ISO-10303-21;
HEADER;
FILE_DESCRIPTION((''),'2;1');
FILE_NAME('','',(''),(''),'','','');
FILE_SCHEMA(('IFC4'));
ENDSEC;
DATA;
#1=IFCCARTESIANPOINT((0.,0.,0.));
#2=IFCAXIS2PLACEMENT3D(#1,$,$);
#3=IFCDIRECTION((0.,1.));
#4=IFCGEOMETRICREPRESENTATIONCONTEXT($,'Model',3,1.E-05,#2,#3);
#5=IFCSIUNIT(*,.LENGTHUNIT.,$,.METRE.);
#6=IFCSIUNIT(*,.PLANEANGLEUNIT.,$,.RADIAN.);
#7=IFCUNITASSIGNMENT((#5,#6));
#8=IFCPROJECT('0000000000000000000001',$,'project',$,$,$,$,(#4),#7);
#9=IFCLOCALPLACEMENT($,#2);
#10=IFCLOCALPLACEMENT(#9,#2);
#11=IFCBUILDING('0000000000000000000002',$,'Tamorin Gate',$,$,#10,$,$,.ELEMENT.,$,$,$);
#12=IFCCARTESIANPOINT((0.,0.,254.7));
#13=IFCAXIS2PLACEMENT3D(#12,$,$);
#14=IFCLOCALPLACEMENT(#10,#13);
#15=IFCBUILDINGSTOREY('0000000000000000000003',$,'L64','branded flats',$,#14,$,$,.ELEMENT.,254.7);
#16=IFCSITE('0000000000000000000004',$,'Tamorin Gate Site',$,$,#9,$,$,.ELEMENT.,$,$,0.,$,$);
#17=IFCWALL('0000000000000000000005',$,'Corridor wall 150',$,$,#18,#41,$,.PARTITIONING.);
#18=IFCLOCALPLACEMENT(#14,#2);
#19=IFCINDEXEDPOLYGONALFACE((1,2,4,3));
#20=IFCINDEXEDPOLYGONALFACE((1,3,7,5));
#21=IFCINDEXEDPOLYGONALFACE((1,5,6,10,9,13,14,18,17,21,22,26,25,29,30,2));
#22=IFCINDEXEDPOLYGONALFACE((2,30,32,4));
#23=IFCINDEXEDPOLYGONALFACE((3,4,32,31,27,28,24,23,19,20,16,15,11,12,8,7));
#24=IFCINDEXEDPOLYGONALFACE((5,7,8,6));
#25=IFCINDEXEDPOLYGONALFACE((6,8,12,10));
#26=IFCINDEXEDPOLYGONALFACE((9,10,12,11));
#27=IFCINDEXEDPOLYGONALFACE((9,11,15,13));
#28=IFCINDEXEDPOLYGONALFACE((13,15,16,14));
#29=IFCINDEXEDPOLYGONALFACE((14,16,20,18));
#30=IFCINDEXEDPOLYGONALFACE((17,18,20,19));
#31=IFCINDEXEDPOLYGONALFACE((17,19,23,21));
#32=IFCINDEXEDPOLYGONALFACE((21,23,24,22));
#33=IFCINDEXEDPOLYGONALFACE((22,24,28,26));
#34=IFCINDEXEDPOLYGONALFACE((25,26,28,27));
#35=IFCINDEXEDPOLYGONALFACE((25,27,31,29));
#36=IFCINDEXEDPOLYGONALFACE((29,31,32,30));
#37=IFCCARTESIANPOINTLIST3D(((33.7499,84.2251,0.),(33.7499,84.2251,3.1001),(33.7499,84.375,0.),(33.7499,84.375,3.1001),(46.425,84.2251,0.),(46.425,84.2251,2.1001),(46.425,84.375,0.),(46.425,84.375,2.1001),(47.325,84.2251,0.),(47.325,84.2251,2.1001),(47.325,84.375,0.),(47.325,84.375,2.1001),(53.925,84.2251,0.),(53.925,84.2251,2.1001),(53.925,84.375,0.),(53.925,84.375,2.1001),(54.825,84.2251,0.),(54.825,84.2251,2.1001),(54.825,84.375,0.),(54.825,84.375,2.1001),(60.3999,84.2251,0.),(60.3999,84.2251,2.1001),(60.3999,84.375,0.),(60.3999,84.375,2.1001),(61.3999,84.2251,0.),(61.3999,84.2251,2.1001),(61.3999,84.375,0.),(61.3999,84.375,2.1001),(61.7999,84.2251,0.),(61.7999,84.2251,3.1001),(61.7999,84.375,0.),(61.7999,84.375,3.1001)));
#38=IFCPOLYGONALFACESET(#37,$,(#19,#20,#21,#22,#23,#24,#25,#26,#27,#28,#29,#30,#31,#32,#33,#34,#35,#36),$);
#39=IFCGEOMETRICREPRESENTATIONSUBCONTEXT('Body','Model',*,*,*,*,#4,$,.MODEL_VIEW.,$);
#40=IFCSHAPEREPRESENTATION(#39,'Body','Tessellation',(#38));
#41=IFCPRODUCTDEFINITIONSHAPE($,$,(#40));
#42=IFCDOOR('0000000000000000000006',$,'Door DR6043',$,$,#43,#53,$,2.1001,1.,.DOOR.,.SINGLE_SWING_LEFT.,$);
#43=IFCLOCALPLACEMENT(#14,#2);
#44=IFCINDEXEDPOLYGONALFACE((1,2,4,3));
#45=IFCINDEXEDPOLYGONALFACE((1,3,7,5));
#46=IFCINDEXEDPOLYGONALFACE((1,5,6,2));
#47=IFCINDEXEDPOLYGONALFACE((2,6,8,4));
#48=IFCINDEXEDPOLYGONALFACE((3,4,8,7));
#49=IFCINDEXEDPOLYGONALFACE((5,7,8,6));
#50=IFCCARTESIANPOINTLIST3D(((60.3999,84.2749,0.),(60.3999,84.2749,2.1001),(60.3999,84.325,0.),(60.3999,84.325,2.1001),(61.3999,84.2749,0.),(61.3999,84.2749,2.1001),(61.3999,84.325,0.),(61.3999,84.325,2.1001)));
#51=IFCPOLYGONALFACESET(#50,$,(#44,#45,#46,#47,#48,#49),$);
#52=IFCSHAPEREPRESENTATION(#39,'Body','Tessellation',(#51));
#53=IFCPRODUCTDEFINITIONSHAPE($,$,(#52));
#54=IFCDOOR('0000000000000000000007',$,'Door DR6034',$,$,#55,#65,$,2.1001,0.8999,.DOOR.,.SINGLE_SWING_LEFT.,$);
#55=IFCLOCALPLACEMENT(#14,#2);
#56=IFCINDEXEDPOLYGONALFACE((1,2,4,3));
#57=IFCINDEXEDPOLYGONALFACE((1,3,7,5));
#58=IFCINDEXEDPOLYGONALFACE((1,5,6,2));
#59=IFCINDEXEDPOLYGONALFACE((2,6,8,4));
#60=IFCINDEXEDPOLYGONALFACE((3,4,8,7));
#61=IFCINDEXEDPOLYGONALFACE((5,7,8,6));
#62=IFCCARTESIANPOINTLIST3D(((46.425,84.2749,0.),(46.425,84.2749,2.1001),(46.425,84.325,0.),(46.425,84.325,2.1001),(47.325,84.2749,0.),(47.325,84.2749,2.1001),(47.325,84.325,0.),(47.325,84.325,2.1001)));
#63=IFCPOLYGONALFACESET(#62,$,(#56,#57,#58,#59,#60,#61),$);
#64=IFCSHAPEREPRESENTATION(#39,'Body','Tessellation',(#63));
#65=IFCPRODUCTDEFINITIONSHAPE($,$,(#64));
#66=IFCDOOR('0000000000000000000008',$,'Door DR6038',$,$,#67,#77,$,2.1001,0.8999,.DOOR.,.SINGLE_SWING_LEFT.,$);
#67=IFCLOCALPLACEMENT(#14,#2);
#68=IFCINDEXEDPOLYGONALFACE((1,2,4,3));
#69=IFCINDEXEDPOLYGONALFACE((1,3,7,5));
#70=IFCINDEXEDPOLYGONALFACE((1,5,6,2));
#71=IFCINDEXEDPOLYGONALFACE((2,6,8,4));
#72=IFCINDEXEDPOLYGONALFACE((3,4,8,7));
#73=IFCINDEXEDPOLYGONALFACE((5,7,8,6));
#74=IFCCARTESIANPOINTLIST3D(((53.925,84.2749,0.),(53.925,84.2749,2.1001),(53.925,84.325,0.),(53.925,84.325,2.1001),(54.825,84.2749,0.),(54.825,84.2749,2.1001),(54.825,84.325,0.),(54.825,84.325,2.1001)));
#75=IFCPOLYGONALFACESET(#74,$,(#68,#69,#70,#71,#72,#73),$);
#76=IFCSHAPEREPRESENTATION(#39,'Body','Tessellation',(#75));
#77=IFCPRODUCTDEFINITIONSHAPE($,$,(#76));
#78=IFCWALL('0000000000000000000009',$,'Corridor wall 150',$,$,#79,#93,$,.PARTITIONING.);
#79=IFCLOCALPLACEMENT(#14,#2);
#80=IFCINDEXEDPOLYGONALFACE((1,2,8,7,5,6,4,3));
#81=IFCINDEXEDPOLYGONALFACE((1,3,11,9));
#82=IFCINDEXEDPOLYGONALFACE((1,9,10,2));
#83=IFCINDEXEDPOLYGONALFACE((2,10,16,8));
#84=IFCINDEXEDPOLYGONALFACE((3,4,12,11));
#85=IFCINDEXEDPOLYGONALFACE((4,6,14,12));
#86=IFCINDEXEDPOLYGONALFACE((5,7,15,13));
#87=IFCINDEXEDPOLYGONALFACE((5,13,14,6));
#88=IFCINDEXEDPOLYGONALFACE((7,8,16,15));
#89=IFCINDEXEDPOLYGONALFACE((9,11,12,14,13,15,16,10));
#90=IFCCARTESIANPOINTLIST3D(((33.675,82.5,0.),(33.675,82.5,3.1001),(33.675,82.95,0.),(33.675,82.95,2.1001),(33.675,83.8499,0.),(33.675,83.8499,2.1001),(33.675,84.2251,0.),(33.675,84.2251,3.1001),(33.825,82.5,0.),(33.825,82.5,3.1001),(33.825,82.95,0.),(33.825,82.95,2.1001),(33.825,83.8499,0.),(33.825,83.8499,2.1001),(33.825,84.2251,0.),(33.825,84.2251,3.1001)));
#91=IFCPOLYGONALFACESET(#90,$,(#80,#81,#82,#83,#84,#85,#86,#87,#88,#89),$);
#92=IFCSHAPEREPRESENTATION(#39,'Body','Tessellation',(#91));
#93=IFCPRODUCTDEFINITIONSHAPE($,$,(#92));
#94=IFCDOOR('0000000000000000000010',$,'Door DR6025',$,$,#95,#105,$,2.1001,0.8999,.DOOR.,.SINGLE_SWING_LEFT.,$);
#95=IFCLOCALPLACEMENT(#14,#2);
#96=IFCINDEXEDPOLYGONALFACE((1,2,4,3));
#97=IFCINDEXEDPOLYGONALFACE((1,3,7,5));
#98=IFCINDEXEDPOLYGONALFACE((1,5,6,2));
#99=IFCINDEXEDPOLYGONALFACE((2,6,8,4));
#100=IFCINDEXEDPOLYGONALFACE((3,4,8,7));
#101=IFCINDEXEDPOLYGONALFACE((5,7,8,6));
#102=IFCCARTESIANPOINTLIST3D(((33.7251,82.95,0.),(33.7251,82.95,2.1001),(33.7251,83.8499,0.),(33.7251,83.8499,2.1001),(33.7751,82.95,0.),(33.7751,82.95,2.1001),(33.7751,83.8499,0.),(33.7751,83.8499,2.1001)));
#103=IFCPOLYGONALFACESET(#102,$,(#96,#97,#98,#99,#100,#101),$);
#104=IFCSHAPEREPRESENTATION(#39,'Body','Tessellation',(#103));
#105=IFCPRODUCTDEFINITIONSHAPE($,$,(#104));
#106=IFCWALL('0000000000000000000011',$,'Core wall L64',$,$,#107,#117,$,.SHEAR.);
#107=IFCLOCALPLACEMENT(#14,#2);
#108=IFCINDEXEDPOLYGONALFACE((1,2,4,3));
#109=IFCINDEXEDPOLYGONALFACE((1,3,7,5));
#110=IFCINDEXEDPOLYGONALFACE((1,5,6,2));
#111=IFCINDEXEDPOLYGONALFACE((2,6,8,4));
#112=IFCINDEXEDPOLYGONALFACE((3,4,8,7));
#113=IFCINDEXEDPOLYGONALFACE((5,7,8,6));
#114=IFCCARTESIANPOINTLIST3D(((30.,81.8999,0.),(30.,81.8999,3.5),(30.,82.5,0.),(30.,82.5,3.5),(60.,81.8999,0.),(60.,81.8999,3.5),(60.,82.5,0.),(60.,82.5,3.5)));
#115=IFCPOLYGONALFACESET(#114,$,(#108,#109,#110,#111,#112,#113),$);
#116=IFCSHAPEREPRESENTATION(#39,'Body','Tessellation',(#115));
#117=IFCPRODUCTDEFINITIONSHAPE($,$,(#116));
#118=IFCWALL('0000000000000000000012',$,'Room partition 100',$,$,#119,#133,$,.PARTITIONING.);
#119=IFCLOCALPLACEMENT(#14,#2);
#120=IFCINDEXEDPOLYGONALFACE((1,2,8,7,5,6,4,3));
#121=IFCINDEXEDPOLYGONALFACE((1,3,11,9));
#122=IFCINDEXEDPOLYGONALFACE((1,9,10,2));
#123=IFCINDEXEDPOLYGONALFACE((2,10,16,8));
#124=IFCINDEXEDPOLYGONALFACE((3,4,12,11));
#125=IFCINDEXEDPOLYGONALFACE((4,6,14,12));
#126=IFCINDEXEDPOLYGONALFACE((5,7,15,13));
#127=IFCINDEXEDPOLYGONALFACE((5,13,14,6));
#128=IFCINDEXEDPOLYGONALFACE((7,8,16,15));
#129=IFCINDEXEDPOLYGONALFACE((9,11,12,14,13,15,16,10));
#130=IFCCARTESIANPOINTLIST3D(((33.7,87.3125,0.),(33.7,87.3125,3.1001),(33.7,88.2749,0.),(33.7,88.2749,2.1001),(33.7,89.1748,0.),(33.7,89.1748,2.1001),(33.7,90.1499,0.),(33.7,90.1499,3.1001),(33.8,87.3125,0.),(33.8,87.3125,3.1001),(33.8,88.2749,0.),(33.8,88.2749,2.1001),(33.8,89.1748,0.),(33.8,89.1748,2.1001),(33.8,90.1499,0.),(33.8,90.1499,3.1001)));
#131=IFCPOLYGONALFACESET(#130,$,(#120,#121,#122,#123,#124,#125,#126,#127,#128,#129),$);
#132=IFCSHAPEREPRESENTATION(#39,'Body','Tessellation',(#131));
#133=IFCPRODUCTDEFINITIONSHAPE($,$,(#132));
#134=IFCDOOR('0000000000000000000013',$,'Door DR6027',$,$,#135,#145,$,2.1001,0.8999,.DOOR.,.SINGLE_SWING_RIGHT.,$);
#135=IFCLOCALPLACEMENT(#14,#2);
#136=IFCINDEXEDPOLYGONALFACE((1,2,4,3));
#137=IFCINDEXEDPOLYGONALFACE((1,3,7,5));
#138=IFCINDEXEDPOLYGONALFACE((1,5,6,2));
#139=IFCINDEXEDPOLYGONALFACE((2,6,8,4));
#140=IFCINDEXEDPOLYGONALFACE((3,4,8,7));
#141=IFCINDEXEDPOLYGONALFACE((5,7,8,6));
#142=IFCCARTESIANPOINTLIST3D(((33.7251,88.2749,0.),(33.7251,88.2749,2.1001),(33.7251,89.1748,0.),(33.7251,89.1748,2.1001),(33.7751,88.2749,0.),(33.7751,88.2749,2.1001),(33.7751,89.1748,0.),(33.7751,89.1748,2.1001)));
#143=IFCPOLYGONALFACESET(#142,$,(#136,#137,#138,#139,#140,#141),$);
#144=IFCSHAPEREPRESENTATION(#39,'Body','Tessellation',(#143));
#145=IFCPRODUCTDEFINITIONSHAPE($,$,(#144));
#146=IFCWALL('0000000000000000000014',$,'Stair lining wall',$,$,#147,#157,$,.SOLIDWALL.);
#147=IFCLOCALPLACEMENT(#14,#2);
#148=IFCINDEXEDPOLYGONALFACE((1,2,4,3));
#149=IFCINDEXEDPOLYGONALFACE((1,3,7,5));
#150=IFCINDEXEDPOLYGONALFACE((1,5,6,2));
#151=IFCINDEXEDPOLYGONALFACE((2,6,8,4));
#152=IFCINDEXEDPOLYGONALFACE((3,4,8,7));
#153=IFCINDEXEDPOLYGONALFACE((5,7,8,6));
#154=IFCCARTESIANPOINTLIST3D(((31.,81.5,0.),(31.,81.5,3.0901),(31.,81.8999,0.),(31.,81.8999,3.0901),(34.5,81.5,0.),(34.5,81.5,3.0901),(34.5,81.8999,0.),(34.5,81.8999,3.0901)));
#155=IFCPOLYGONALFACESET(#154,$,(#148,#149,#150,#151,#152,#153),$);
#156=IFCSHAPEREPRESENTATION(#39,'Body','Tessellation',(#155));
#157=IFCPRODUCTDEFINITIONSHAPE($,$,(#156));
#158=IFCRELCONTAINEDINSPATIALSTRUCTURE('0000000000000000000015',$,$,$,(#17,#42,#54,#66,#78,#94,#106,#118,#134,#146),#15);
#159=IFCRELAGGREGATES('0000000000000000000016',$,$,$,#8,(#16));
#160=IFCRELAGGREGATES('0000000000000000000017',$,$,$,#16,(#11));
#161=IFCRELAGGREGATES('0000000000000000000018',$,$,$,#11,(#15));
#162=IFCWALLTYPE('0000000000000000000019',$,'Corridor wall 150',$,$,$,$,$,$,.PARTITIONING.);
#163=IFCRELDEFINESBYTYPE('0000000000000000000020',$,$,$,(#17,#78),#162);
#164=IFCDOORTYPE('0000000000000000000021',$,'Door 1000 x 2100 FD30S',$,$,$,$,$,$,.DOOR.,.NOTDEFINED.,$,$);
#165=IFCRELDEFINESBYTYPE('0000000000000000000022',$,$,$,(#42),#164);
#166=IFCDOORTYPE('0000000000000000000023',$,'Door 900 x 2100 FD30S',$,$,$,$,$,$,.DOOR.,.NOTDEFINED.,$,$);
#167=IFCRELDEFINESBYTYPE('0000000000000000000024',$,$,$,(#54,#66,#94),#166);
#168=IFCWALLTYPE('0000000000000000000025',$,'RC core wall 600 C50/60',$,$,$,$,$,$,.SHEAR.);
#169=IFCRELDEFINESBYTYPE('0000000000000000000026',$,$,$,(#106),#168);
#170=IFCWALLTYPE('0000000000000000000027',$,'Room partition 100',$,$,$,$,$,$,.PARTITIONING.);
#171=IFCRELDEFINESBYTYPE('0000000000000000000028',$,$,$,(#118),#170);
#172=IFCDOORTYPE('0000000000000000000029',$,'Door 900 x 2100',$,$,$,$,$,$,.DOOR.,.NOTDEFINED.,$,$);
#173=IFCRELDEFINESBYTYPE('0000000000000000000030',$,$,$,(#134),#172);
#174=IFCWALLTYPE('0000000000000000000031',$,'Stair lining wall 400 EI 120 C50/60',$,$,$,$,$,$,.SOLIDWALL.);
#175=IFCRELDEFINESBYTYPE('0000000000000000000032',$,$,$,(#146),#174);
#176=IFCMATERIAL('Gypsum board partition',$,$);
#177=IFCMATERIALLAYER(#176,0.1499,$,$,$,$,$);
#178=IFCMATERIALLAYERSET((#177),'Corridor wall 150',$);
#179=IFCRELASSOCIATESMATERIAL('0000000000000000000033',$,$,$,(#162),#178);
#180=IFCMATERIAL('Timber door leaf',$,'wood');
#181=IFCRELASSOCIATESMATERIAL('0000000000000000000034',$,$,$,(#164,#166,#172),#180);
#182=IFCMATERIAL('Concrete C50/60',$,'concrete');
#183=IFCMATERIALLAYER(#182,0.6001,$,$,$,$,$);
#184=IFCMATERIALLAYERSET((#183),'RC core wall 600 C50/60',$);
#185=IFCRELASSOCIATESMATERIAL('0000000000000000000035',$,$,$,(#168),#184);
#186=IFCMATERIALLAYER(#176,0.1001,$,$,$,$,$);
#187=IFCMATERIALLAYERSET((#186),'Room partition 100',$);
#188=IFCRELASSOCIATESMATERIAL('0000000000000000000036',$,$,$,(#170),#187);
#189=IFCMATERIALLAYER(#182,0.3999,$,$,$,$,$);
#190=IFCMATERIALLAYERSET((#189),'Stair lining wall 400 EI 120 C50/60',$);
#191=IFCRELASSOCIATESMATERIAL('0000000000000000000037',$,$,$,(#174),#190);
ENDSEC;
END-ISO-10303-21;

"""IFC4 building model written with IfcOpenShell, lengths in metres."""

from ifc_helpers import new_model, si_unit, direction, frame, frame_2d, origin, place, context, subcontext, project, spatial, rectangle, extrude, material, layer, layer_set, type_object, element, fill, save


model = new_model("IFC4")

# Units and contexts
model_context = context("Model", 3, precision=1e-05, world=origin(), true_north=direction((0.0, 1.0)))
body_context = subcontext(model_context, "Body", "Model", "MODEL_VIEW")
ifc_project = project(units=[si_unit("LENGTHUNIT", "METRE"), si_unit("PLANEANGLEUNIT", "RADIAN")], contexts=[model_context])

# Site, building, storey
site_placement = place(None, origin())
site = spatial("IfcSite", under=ifc_project, at=site_placement, Name="Tamorin Gate Site", CompositionType="ELEMENT", RefElevation=0.0)
building_placement = place(site_placement, origin())
building = spatial("IfcBuilding", under=site, at=building_placement, Name="Tamorin Gate", CompositionType="ELEMENT")
storey_placement = place(building_placement, frame((0.0, 0.0, 254.7)))
storey = spatial("IfcBuildingStorey", under=building, at=storey_placement, Name="L64", Description="branded flats", CompositionType="ELEMENT", Elevation=254.7)

# Wall, openings, doors
ifc_material_1 = material(Name="Gypsum board partition")
ifc_layer_1 = layer(ifc_material_1, 0.1499)
ifc_layer_set_1 = layer_set([ifc_layer_1], Name="Corridor wall 150")
wall_type_1 = type_object("IfcWallType", Name="Corridor wall 150", PredefinedType="PARTITIONING", material=ifc_layer_set_1)
wall_1_placement = place(storey_placement, frame((33.75, 84.3, 0.0), z_axis=(0.0, 0.0, 1.0), x_axis=(1.0, 0.0, 0.0)))
wall_1 = element("IfcWall", 1, at=wall_1_placement, inside=storey, type_object=wall_type_1, Name="Corridor wall 150", PredefinedType="PARTITIONING", context=body_context, shape_type="SweptSolid", body=[
    extrude(rectangle(XDim=28.05, YDim=0.1499, at=frame_2d((14.0249, 0.0))), origin(), (0.0, 0.0, 1.0), 3.1001),
])
opening_1_placement = place(wall_1_placement, frame((12.675, 0.0, 0.0)))
opening_1 = element("IfcOpeningElement", 2, at=opening_1_placement, cuts=wall_1, PredefinedType="OPENING", context=body_context, shape_type="SweptSolid", body=[
    extrude(rectangle(XDim=0.8999, YDim=2.1001, at=frame_2d((0.45, 1.05))), frame((0.0, 0.085, 0.0), z_axis=(0.0, -1.0, 0.0), x_axis=(1.0, 0.0, 0.0)), (0.0, 0.0, 1.0), 0.1699),
])
opening_2_placement = place(wall_1_placement, frame((20.175, 0.0, 0.0)))
opening_2 = element("IfcOpeningElement", 3, at=opening_2_placement, cuts=wall_1, PredefinedType="OPENING", context=body_context, shape_type="SweptSolid", body=[
    extrude(rectangle(XDim=0.8999, YDim=2.1001, at=frame_2d((0.45, 1.05))), frame((0.0, 0.085, 0.0), z_axis=(0.0, -1.0, 0.0), x_axis=(1.0, 0.0, 0.0)), (0.0, 0.0, 1.0), 0.1699),
])
opening_3_placement = place(wall_1_placement, frame((26.6499, 0.0, 0.0)))
opening_3 = element("IfcOpeningElement", 4, at=opening_3_placement, cuts=wall_1, PredefinedType="OPENING", context=body_context, shape_type="SweptSolid", body=[
    extrude(rectangle(XDim=1.0, YDim=2.1001, at=frame_2d((0.5, 1.05))), frame((0.0, 0.085, 0.0), z_axis=(0.0, -1.0, 0.0), x_axis=(1.0, 0.0, 0.0)), (0.0, 0.0, 1.0), 0.1699),
])
ifc_material_2 = material(Name="Timber door leaf", Category="wood")
door_type_1 = type_object("IfcDoorType", Name="Door 1000 x 2100 FD30S", OperationType="NOTDEFINED", PredefinedType="DOOR", material=ifc_material_2)
door_1_placement = place(opening_3_placement, origin())
door_1 = element("IfcDoor", 5, at=door_1_placement, inside=storey, type_object=door_type_1, Name="Door DR6043", OperationType="SINGLE_SWING_LEFT", OverallHeight=2.1001, OverallWidth=1.0, PredefinedType="DOOR", context=body_context, shape_type="SweptSolid", body=[
    extrude(rectangle(XDim=1.0, YDim=2.1001, at=frame_2d((0.5, 1.05))), frame((0.0, 0.0249, 0.0), z_axis=(0.0, -1.0, 0.0), x_axis=(1.0, 0.0, 0.0)), (0.0, 0.0, 1.0), 0.05),
])
fill(opening_3, door_1)
door_type_2 = type_object("IfcDoorType", Name="Door 900 x 2100 FD30S", OperationType="NOTDEFINED", PredefinedType="DOOR", material=ifc_material_2)
door_2_placement = place(opening_1_placement, origin())
door_2 = element("IfcDoor", 6, at=door_2_placement, inside=storey, type_object=door_type_2, Name="Door DR6034", OperationType="SINGLE_SWING_LEFT", OverallHeight=2.1001, OverallWidth=0.8999, PredefinedType="DOOR", context=body_context, shape_type="SweptSolid", body=[
    extrude(rectangle(XDim=0.8999, YDim=2.1001, at=frame_2d((0.45, 1.05))), frame((0.0, 0.0249, 0.0), z_axis=(0.0, -1.0, 0.0), x_axis=(1.0, 0.0, 0.0)), (0.0, 0.0, 1.0), 0.05),
])
fill(opening_1, door_2)
door_3_placement = place(opening_2_placement, origin())
door_3 = element("IfcDoor", 7, at=door_3_placement, inside=storey, type_object=door_type_2, Name="Door DR6038", OperationType="SINGLE_SWING_LEFT", OverallHeight=2.1001, OverallWidth=0.8999, PredefinedType="DOOR", context=body_context, shape_type="SweptSolid", body=[
    extrude(rectangle(XDim=0.8999, YDim=2.1001, at=frame_2d((0.45, 1.05))), frame((0.0, 0.0249, 0.0), z_axis=(0.0, -1.0, 0.0), x_axis=(1.0, 0.0, 0.0)), (0.0, 0.0, 1.0), 0.05),
])
fill(opening_2, door_3)

# Wall, opening, door
wall_2_placement = place(storey_placement, frame((33.75, 82.5, 0.0), z_axis=(0.0, 0.0, 1.0), x_axis=(0.0, 1.0, 0.0)))
wall_2 = element("IfcWall", 8, at=wall_2_placement, inside=storey, type_object=wall_type_1, Name="Corridor wall 150", PredefinedType="PARTITIONING", context=body_context, shape_type="SweptSolid", body=[
    extrude(rectangle(XDim=1.7251, YDim=0.1499, at=frame_2d((0.8625, 0.0))), origin(), (0.0, 0.0, 1.0), 3.1001),
])
opening_4_placement = place(wall_2_placement, frame((0.45, 0.0, 0.0)))
opening_4 = element("IfcOpeningElement", 9, at=opening_4_placement, cuts=wall_2, PredefinedType="OPENING", context=body_context, shape_type="SweptSolid", body=[
    extrude(rectangle(XDim=0.8999, YDim=2.1001, at=frame_2d((0.45, 1.05))), frame((0.0, 0.085, 0.0), z_axis=(0.0, -1.0, 0.0), x_axis=(1.0, 0.0, 0.0)), (0.0, 0.0, 1.0), 0.1699),
])
door_4_placement = place(opening_4_placement, origin())
door_4 = element("IfcDoor", 10, at=door_4_placement, inside=storey, type_object=door_type_2, Name="Door DR6025", OperationType="SINGLE_SWING_LEFT", OverallHeight=2.1001, OverallWidth=0.8999, PredefinedType="DOOR", context=body_context, shape_type="SweptSolid", body=[
    extrude(rectangle(XDim=0.8999, YDim=2.1001, at=frame_2d((0.45, 1.05))), frame((0.0, 0.0249, 0.0), z_axis=(0.0, -1.0, 0.0), x_axis=(1.0, 0.0, 0.0)), (0.0, 0.0, 1.0), 0.05),
])
fill(opening_4, door_4)

# Wall
ifc_material_3 = material(Name="Concrete C50/60", Category="concrete")
ifc_layer_2 = layer(ifc_material_3, 0.6001)
ifc_layer_set_2 = layer_set([ifc_layer_2], Name="RC core wall 600 C50/60")
wall_type_2 = type_object("IfcWallType", Name="RC core wall 600 C50/60", PredefinedType="SHEAR", material=ifc_layer_set_2)
wall_3_placement = place(storey_placement, frame((30.0, 82.2, 0.0), z_axis=(0.0, 0.0, 1.0), x_axis=(1.0, 0.0, 0.0)))
element("IfcWall", 11, at=wall_3_placement, inside=storey, type_object=wall_type_2, Name="Core wall L64", PredefinedType="SHEAR", context=body_context, shape_type="SweptSolid", body=[
    extrude(rectangle(XDim=30.0, YDim=0.6001, at=frame_2d((15.0, 0.0))), origin(), (0.0, 0.0, 1.0), 3.5),
])

# Wall, opening, door
ifc_layer_3 = layer(ifc_material_1, 0.1001)
ifc_layer_set_3 = layer_set([ifc_layer_3], Name="Room partition 100")
wall_type_3 = type_object("IfcWallType", Name="Room partition 100", PredefinedType="PARTITIONING", material=ifc_layer_set_3)
wall_4_placement = place(storey_placement, frame((33.75, 87.3125, 0.0), z_axis=(0.0, 0.0, 1.0), x_axis=(0.0, 1.0, 0.0)))
wall_4 = element("IfcWall", 12, at=wall_4_placement, inside=storey, type_object=wall_type_3, Name="Room partition 100", PredefinedType="PARTITIONING", context=body_context, shape_type="SweptSolid", body=[
    extrude(rectangle(XDim=2.8374, YDim=0.1001, at=frame_2d((1.4187, 0.0))), origin(), (0.0, 0.0, 1.0), 3.1001),
])
opening_5_placement = place(wall_4_placement, frame((0.9624, 0.0, 0.0)))
opening_5 = element("IfcOpeningElement", 13, at=opening_5_placement, cuts=wall_4, PredefinedType="OPENING", context=body_context, shape_type="SweptSolid", body=[
    extrude(rectangle(XDim=0.8999, YDim=2.1001, at=frame_2d((0.45, 1.05))), frame((0.0, 0.0601, 0.0), z_axis=(0.0, -1.0, 0.0), x_axis=(1.0, 0.0, 0.0)), (0.0, 0.0, 1.0), 0.1201),
])
door_type_3 = type_object("IfcDoorType", Name="Door 900 x 2100", OperationType="NOTDEFINED", PredefinedType="DOOR", material=ifc_material_2)
door_5_placement = place(opening_5_placement, origin())
door_5 = element("IfcDoor", 14, at=door_5_placement, inside=storey, type_object=door_type_3, Name="Door DR6027", OperationType="SINGLE_SWING_RIGHT", OverallHeight=2.1001, OverallWidth=0.8999, PredefinedType="DOOR", context=body_context, shape_type="SweptSolid", body=[
    extrude(rectangle(XDim=0.8999, YDim=2.1001, at=frame_2d((0.45, 1.05))), frame((0.0, 0.0249, 0.0), z_axis=(0.0, -1.0, 0.0), x_axis=(1.0, 0.0, 0.0)), (0.0, 0.0, 1.0), 0.05),
])
fill(opening_5, door_5)

# Wall
ifc_layer_4 = layer(ifc_material_3, 0.3999)
ifc_layer_set_4 = layer_set([ifc_layer_4], Name="Stair lining wall 400 EI 120 C50/60")
wall_type_4 = type_object("IfcWallType", Name="Stair lining wall 400 EI 120 C50/60", PredefinedType="SOLIDWALL", material=ifc_layer_set_4)
wall_5_placement = place(storey_placement, frame((31.0, 81.7, 0.0), z_axis=(0.0, 0.0, 1.0), x_axis=(1.0, 0.0, 0.0)))
element("IfcWall", 15, at=wall_5_placement, inside=storey, type_object=wall_type_4, Name="Stair lining wall", PredefinedType="SOLIDWALL", context=body_context, shape_type="SweptSolid", body=[
    extrude(rectangle(XDim=3.5, YDim=0.3999, at=frame_2d((1.75, 0.0))), origin(), (0.0, 0.0, 1.0), 3.0901),
])

save(model, "model.ifc")
